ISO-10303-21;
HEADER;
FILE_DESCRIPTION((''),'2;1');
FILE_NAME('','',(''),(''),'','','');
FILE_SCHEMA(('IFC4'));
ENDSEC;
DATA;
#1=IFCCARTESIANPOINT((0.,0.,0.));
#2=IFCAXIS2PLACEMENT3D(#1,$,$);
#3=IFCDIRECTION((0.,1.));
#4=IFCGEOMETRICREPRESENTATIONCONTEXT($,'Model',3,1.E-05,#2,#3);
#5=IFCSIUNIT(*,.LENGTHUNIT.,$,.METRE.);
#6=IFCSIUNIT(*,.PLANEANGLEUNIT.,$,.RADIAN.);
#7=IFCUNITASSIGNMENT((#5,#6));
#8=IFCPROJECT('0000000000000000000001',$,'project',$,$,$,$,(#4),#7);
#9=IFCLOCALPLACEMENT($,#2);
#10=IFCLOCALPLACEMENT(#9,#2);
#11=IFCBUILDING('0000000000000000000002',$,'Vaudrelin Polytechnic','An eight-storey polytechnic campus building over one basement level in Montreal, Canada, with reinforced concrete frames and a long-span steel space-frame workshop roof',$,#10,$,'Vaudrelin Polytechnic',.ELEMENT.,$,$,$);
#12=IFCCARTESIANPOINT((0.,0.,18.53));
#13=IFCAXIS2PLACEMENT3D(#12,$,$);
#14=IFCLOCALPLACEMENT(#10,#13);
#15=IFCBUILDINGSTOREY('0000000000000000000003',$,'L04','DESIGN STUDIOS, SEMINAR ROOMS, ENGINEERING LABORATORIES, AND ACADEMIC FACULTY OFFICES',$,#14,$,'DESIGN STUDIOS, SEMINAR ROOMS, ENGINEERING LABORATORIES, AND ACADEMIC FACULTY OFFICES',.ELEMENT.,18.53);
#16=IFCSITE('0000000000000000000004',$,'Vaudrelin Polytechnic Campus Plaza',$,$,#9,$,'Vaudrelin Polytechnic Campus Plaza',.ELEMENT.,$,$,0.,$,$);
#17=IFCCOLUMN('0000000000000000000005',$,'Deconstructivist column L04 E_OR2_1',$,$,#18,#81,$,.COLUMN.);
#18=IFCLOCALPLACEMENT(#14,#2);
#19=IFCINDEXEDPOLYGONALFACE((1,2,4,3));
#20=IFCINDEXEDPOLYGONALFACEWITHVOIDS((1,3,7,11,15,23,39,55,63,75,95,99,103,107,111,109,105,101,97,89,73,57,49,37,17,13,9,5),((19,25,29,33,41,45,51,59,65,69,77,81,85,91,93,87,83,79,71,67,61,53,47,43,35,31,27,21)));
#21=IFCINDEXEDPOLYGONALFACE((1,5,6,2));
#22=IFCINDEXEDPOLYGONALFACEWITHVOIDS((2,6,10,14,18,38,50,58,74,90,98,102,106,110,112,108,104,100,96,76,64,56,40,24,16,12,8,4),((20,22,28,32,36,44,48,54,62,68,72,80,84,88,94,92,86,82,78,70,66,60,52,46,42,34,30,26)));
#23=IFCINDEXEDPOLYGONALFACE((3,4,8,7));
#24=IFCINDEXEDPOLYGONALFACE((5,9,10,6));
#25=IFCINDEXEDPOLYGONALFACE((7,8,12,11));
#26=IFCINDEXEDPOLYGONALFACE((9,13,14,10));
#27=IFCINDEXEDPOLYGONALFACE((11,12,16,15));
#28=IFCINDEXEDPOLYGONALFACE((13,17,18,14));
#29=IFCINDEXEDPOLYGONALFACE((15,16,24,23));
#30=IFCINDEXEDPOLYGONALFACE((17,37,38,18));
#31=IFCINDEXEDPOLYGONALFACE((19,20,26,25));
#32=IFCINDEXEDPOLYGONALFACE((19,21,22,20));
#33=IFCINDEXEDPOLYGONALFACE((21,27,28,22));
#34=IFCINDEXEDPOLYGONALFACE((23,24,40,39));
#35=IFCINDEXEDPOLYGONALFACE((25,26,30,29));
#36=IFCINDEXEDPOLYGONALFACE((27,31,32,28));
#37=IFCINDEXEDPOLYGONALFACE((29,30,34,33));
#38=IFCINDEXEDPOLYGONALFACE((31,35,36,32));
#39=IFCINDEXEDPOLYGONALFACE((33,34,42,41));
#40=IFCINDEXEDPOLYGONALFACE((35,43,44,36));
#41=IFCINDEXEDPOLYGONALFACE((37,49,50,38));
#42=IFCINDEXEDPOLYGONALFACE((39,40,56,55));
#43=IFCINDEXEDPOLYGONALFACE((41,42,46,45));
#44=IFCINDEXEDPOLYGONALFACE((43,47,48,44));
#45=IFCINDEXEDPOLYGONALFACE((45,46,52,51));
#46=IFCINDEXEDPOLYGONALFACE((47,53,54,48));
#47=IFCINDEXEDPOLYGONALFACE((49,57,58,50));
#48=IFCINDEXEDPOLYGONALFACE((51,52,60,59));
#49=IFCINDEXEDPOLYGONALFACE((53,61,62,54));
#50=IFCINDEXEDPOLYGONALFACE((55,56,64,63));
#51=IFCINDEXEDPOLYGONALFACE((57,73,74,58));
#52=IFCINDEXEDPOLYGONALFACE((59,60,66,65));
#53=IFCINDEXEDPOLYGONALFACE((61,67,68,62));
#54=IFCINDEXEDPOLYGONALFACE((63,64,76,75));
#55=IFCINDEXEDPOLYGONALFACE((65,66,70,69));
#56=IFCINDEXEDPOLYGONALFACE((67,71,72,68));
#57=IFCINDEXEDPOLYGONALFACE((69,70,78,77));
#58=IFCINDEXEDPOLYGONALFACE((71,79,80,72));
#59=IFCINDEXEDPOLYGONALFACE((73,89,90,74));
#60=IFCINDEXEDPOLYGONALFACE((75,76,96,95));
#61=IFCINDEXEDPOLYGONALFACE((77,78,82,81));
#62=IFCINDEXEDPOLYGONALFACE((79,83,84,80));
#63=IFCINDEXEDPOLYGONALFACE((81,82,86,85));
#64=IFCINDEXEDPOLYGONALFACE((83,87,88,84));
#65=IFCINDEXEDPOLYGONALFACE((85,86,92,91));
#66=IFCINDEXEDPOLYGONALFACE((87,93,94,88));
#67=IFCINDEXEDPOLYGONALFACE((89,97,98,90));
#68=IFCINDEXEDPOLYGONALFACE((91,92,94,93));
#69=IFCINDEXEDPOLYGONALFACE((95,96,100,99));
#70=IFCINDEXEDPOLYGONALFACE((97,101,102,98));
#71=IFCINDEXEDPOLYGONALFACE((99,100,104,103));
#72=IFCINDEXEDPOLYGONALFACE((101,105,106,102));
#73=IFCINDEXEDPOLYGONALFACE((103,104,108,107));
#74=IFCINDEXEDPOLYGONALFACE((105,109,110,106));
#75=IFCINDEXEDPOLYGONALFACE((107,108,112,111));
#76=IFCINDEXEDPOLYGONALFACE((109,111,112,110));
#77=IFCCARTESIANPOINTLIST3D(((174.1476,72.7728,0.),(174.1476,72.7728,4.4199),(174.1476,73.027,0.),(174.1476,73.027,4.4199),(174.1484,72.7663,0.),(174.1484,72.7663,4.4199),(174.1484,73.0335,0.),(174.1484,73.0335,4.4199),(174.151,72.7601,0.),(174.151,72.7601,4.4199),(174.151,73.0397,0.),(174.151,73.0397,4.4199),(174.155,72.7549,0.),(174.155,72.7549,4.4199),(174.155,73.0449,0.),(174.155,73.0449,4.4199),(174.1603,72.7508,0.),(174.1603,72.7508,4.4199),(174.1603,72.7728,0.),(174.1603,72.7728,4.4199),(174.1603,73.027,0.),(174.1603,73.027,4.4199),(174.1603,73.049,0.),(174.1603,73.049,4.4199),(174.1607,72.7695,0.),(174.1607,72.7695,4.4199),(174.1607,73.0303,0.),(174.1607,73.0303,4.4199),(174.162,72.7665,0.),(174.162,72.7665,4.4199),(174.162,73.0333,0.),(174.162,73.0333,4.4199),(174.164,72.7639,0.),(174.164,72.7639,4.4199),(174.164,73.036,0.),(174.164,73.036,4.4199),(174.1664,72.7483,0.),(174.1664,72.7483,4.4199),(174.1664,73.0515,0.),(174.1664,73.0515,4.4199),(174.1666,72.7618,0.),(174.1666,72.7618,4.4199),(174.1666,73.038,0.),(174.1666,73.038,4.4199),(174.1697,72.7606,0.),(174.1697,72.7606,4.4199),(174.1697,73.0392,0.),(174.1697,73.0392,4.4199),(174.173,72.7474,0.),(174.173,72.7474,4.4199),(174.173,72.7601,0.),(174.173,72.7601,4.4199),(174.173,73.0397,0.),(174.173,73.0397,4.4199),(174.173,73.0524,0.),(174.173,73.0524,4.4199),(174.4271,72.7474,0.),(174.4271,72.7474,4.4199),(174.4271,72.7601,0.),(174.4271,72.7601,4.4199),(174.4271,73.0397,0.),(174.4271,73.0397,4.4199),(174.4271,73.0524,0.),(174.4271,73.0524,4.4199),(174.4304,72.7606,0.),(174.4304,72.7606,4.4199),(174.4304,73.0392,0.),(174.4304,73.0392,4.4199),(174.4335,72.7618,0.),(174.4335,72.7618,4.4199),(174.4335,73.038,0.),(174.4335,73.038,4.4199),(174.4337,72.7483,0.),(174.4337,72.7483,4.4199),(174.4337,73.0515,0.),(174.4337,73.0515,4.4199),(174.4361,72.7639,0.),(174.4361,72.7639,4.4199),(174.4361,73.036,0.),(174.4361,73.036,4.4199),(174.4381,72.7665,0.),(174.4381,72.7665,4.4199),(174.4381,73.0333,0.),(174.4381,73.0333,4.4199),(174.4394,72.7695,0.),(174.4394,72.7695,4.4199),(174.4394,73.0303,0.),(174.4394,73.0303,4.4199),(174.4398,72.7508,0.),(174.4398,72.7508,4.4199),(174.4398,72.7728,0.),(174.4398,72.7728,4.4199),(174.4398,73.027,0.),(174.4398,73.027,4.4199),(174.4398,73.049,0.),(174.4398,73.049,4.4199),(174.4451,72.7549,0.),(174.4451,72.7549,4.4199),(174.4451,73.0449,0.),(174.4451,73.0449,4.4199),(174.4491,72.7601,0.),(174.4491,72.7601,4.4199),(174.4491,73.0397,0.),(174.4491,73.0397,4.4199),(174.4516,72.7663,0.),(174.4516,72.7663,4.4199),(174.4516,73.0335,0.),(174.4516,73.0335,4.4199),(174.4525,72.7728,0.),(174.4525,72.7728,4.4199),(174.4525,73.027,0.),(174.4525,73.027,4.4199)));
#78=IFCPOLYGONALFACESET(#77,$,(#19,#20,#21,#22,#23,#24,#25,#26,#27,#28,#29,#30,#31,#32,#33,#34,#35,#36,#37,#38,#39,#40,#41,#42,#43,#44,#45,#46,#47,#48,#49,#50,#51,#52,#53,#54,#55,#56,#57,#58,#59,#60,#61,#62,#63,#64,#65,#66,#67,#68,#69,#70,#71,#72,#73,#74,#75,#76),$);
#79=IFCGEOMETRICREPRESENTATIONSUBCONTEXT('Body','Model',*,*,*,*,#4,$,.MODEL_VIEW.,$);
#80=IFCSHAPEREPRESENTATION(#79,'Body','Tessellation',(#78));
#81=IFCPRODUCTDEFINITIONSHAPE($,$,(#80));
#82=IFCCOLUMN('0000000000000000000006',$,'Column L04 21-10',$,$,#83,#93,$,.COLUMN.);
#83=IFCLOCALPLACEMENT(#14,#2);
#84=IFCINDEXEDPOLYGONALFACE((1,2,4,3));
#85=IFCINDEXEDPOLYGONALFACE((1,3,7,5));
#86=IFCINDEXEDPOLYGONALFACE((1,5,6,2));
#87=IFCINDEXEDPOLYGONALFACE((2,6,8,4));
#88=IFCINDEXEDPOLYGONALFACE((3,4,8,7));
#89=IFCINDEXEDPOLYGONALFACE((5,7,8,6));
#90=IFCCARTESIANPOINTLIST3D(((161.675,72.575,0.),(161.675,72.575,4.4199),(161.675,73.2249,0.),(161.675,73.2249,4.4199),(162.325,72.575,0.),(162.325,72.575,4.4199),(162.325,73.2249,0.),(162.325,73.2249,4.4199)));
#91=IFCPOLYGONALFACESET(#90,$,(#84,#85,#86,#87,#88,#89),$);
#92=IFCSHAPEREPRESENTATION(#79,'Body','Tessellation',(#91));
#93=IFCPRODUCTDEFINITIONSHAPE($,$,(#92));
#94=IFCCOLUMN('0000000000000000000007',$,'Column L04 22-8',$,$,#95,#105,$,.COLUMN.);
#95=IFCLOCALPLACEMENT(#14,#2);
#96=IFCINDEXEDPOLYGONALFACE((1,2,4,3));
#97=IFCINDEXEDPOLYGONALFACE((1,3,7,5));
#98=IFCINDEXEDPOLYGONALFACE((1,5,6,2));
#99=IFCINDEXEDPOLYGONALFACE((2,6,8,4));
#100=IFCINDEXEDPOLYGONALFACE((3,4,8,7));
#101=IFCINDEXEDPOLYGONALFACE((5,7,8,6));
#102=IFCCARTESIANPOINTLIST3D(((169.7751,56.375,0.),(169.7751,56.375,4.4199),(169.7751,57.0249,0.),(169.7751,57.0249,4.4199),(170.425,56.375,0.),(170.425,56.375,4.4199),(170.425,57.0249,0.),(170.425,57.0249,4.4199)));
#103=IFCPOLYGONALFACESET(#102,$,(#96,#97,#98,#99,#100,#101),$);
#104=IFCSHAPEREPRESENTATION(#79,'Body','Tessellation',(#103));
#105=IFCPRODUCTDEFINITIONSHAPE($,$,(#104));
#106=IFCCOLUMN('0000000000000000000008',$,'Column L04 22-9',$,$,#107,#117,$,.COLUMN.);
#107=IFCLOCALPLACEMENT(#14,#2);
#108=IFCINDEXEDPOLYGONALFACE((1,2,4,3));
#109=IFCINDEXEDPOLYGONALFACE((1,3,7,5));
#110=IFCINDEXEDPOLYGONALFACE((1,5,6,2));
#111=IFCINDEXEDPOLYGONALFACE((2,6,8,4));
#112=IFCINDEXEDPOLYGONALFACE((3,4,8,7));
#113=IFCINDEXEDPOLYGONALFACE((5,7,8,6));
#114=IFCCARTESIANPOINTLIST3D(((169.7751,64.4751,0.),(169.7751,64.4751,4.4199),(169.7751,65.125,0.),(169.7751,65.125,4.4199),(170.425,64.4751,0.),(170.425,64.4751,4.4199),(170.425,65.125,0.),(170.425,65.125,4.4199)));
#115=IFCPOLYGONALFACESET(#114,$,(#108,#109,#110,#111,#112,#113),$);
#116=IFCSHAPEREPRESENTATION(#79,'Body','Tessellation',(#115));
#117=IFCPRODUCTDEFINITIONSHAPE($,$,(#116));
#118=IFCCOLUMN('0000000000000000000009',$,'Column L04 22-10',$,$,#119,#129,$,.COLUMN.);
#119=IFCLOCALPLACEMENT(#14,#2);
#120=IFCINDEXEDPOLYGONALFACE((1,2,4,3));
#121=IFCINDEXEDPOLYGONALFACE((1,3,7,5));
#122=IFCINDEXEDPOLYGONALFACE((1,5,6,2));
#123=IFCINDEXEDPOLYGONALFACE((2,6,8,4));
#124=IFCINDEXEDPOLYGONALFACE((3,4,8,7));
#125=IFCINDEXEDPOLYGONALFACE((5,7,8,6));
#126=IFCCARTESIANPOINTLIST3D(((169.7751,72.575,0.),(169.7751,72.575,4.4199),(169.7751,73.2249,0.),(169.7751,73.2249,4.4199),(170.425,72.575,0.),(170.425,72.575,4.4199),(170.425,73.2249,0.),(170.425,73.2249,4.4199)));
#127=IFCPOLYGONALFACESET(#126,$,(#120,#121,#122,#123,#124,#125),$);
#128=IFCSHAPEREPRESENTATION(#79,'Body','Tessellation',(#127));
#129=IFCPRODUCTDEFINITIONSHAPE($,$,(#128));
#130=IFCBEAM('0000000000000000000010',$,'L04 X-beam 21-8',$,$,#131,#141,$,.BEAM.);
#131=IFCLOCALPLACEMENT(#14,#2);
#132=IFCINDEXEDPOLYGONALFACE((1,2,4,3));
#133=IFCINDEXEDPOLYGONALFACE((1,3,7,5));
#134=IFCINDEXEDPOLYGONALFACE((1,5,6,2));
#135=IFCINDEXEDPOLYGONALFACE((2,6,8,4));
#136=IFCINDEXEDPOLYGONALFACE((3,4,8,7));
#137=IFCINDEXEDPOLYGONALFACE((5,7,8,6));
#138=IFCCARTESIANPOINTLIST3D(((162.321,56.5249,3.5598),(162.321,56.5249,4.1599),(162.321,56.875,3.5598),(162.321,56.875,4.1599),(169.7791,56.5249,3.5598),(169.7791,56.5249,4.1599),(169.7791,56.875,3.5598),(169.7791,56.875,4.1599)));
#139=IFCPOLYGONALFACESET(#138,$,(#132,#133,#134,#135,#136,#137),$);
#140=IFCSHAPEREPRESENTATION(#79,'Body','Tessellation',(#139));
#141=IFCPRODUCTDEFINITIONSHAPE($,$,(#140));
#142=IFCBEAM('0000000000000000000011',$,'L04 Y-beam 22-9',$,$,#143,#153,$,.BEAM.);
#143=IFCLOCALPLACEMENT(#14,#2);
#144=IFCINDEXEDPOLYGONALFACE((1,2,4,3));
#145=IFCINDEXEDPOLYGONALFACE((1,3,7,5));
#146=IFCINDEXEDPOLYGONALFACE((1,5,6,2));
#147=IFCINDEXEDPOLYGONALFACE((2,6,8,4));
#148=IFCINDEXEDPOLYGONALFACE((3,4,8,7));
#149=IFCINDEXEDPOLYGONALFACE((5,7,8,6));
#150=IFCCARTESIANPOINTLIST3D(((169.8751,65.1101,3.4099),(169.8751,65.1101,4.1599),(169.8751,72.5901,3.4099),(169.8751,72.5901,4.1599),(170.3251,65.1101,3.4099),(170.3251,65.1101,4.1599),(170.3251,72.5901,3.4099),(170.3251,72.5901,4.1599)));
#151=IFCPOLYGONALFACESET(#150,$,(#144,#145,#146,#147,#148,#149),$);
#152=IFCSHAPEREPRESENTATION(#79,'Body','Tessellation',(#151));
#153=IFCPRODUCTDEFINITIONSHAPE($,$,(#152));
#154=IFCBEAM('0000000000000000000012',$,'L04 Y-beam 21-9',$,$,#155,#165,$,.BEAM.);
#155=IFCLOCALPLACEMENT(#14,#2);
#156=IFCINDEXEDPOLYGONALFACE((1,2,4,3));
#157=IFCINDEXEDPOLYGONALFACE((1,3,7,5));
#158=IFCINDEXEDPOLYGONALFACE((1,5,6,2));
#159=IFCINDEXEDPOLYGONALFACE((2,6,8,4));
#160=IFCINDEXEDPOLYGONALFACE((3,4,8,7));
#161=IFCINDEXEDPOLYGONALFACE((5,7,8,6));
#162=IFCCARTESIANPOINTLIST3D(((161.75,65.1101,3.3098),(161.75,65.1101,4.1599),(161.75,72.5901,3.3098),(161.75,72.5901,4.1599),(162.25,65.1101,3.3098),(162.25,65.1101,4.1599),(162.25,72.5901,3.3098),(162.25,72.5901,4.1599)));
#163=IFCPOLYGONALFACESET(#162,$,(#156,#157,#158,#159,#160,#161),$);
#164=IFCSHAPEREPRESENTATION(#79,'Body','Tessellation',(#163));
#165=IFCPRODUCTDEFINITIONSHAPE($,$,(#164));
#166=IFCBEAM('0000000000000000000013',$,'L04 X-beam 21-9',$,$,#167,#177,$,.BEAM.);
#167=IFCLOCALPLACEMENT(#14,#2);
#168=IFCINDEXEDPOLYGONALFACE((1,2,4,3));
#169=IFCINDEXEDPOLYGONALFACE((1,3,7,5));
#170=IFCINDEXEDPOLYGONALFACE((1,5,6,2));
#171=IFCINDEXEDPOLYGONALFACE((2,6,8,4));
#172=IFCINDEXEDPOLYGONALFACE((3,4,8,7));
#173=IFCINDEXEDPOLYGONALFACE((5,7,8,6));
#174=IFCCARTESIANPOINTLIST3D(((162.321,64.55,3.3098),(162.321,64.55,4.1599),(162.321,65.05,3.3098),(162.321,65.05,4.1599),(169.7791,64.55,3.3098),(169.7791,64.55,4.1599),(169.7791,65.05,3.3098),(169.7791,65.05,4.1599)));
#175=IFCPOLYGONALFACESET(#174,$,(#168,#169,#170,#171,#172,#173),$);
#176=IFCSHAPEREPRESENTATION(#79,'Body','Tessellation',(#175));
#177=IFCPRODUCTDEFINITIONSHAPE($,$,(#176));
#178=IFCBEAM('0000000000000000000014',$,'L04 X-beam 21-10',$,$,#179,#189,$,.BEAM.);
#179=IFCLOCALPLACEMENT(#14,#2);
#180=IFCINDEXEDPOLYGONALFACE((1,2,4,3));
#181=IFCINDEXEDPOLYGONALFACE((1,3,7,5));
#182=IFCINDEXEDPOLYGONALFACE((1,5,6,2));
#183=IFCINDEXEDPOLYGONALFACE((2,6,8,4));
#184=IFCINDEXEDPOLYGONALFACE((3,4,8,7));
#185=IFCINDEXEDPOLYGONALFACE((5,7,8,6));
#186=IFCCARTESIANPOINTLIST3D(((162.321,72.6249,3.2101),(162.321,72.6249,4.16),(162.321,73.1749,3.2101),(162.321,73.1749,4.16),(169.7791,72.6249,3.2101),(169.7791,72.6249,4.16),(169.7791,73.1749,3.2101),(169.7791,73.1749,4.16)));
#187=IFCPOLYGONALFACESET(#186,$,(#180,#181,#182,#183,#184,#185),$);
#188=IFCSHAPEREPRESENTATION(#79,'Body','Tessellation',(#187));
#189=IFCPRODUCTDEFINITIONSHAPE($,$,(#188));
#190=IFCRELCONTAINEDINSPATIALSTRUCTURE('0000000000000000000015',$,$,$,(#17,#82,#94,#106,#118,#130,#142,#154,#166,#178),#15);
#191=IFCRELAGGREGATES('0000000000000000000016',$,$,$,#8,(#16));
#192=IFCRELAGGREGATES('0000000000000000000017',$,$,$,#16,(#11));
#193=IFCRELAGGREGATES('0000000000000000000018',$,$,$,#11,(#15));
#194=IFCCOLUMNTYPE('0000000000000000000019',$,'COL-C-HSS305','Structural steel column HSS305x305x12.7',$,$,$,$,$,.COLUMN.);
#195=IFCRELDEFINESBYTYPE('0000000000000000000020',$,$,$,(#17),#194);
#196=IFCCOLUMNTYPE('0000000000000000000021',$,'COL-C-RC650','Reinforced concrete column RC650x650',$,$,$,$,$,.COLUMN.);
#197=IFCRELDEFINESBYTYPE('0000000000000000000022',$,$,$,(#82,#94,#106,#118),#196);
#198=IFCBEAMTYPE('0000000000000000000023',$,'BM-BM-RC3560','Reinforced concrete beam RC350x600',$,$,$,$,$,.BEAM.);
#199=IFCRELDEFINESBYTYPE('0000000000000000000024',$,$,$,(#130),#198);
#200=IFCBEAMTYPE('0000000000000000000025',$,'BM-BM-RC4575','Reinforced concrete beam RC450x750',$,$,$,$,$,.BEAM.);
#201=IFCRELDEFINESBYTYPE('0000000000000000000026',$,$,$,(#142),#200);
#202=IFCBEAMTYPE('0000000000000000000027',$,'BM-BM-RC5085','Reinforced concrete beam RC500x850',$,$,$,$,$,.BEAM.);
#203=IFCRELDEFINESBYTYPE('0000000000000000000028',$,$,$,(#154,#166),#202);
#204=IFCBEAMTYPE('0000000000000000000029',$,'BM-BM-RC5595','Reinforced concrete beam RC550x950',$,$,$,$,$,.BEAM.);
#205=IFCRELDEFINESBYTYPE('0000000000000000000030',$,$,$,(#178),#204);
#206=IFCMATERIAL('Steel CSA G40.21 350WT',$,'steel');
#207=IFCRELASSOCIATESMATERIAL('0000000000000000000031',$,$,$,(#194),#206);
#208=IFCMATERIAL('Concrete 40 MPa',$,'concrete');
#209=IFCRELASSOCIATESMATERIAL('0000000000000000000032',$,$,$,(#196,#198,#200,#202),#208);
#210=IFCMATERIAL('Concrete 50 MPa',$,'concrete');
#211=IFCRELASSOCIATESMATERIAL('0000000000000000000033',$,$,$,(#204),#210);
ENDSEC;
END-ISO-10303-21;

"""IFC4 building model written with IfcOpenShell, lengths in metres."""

from ifc_helpers import new_model, si_unit, direction, frame, origin, origin_2d, place, context, subcontext, project, spatial, rectangle, hollow_rectangle, extrude, material, material_profile, profile_set, type_object, element, save


model = new_model("IFC4")

# Units and contexts
model_context = context("Model", 3, precision=1e-05, world=origin(), true_north=direction((0.0, 1.0)))
body_context = subcontext(model_context, "Body", "Model", "MODEL_VIEW")
ifc_project = project(units=[si_unit("LENGTHUNIT", "METRE"), si_unit("PLANEANGLEUNIT", "RADIAN")], contexts=[model_context])

# Site, building, storey
site_placement = place(None, origin())
site = spatial("IfcSite", under=ifc_project, at=site_placement, Name="Vaudrelin Polytechnic Campus Plaza", LongName="Vaudrelin Polytechnic Campus Plaza", CompositionType="ELEMENT", RefElevation=0.0)
building_placement = place(site_placement, origin())
building = spatial("IfcBuilding", under=site, at=building_placement, Name="Vaudrelin Polytechnic", Description="An eight-storey polytechnic campus building over one basement level in Montreal, Canada, with reinforced concrete frames and a long-span steel space-frame workshop roof", LongName="Vaudrelin Polytechnic", CompositionType="ELEMENT")
storey_placement = place(building_placement, frame((0.0, 0.0, 18.53)))
storey = spatial("IfcBuildingStorey", under=building, at=storey_placement, Name="L04", Description="DESIGN STUDIOS, SEMINAR ROOMS, ENGINEERING LABORATORIES, AND ACADEMIC FACULTY OFFICES", LongName="DESIGN STUDIOS, SEMINAR ROOMS, ENGINEERING LABORATORIES, AND ACADEMIC FACULTY OFFICES", CompositionType="ELEMENT", Elevation=18.53)

# Columns
ifc_material_1 = material(Name="Steel CSA G40.21 350WT", Category="steel")
ifc_material_profile_1 = material_profile(ifc_material_1, hollow_rectangle(XDim=0.3049, YDim=0.3049, WallThickness=0.0127, InnerFilletRadius=0.0127, OuterFilletRadius=0.0254, at=origin_2d()), Name="HSS305x305x12.7")
ifc_profile_set_1 = profile_set([ifc_material_profile_1], Name="Steel CSA G40.21 350WT")
column_type_1 = type_object("IfcColumnType", Name="COL-C-HSS305", Description="Structural steel column HSS305x305x12.7", PredefinedType="COLUMN", material=ifc_profile_set_1)
column_placement = place(storey_placement, frame((174.3, 72.8999, 0.0), z_axis=(0.0, 0.0, 1.0), x_axis=(1.0, 0.0, 0.0)))
element("IfcColumn", 1, at=column_placement, inside=storey, type_object=column_type_1, Name="Deconstructivist column L04 E_OR2_1", PredefinedType="COLUMN", context=body_context, shape_type="SweptSolid", body=[
    extrude(hollow_rectangle(XDim=0.3049, YDim=0.3049, WallThickness=0.0127, InnerFilletRadius=0.0127, OuterFilletRadius=0.0254, at=origin_2d()), origin(), (0.0, 0.0, 1.0), 4.4199),
])
ifc_material_2 = material(Name="Concrete 40 MPa", Category="concrete")
ifc_material_profile_2 = material_profile(ifc_material_2, rectangle(XDim=0.6499, YDim=0.6499, at=origin_2d()), Name="RC650x650")
ifc_profile_set_2 = profile_set([ifc_material_profile_2], Name="Concrete 40 MPa")
column_type_2 = type_object("IfcColumnType", Name="COL-C-RC650", Description="Reinforced concrete column RC650x650", PredefinedType="COLUMN", material=ifc_profile_set_2)
for number, where, z_axis, x_axis, name in (
    (2, (162.0, 72.8999, 0.0), (0.0, 0.0, 1.0), (1.0, 0.0, 0.0), "Column L04 21-10"),
    (3, (170.1001, 56.7, 0.0), (0.0, 0.0, 1.0), (1.0, 0.0, 0.0), "Column L04 22-8"),
    (4, (170.1001, 64.8, 0.0), (0.0, 0.0, 1.0), (1.0, 0.0, 0.0), "Column L04 22-9"),
    (5, (170.1001, 72.8999, 0.0), (0.0, 0.0, 1.0), (1.0, 0.0, 0.0), "Column L04 22-10"),
):
    element("IfcColumn", number, at=place(storey_placement, frame(where, z_axis=z_axis, x_axis=x_axis)), inside=storey, type_object=column_type_2, Name=name, PredefinedType="COLUMN", context=body_context, shape_type="SweptSolid", body=[
        extrude(rectangle(XDim=0.6499, YDim=0.6499, at=origin_2d()), origin(), (0.0, 0.0, 1.0), 4.4199),
    ])

# Beams
ifc_material_profile_3 = material_profile(ifc_material_2, rectangle(XDim=0.3501, YDim=0.6001, at=origin_2d()), Name="RC350x600")
ifc_profile_set_3 = profile_set([ifc_material_profile_3], Name="Concrete 40 MPa")
beam_type_1 = type_object("IfcBeamType", Name="BM-BM-RC3560", Description="Reinforced concrete beam RC350x600", PredefinedType="BEAM", material=ifc_profile_set_3)
beam_1_placement = place(storey_placement, frame((162.321, 56.7, 3.8599), z_axis=(1.0, 0.0, 0.0), x_axis=(0.0, 1.0, 0.0)))
element("IfcBeam", 6, at=beam_1_placement, inside=storey, type_object=beam_type_1, Name="L04 X-beam 21-8", PredefinedType="BEAM", context=body_context, shape_type="SweptSolid", body=[
    extrude(rectangle(XDim=0.3501, YDim=0.6001, at=origin_2d()), origin(), (0.0, 0.0, 1.0), 7.458),
])
ifc_material_profile_4 = material_profile(ifc_material_2, rectangle(XDim=0.45, YDim=0.75, at=origin_2d()), Name="RC450x750")
ifc_profile_set_4 = profile_set([ifc_material_profile_4], Name="Concrete 40 MPa")
beam_type_2 = type_object("IfcBeamType", Name="BM-BM-RC4575", Description="Reinforced concrete beam RC450x750", PredefinedType="BEAM", material=ifc_profile_set_4)
beam_2_placement = place(storey_placement, frame((170.1001, 65.1101, 3.7849), z_axis=(0.0, 1.0, 0.0), x_axis=(-1.0, 0.0, 0.0)))
element("IfcBeam", 7, at=beam_2_placement, inside=storey, type_object=beam_type_2, Name="L04 Y-beam 22-9", PredefinedType="BEAM", context=body_context, shape_type="SweptSolid", body=[
    extrude(rectangle(XDim=0.45, YDim=0.75, at=origin_2d()), origin(), (0.0, 0.0, 1.0), 7.48),
])
ifc_material_profile_5 = material_profile(ifc_material_2, rectangle(XDim=0.5, YDim=0.8501, at=origin_2d()), Name="RC500x850")
ifc_profile_set_5 = profile_set([ifc_material_profile_5], Name="Concrete 40 MPa")
beam_type_3 = type_object("IfcBeamType", Name="BM-BM-RC5085", Description="Reinforced concrete beam RC500x850", PredefinedType="BEAM", material=ifc_profile_set_5)
beam_3_placement = place(storey_placement, frame((162.0, 65.1101, 3.7349), z_axis=(0.0, 1.0, 0.0), x_axis=(-1.0, 0.0, 0.0)))
element("IfcBeam", 8, at=beam_3_placement, inside=storey, type_object=beam_type_3, Name="L04 Y-beam 21-9", PredefinedType="BEAM", context=body_context, shape_type="SweptSolid", body=[
    extrude(rectangle(XDim=0.5, YDim=0.8501, at=origin_2d()), origin(), (0.0, 0.0, 1.0), 7.48),
])
beam_4_placement = place(storey_placement, frame((162.321, 64.8, 3.7349), z_axis=(1.0, 0.0, 0.0), x_axis=(0.0, 1.0, 0.0)))
element("IfcBeam", 9, at=beam_4_placement, inside=storey, type_object=beam_type_3, Name="L04 X-beam 21-9", PredefinedType="BEAM", context=body_context, shape_type="SweptSolid", body=[
    extrude(rectangle(XDim=0.5, YDim=0.8501, at=origin_2d()), origin(), (0.0, 0.0, 1.0), 7.458),
])
ifc_material_3 = material(Name="Concrete 50 MPa", Category="concrete")
ifc_material_profile_6 = material_profile(ifc_material_3, rectangle(XDim=0.55, YDim=0.95, at=origin_2d()), Name="RC550x950")
ifc_profile_set_6 = profile_set([ifc_material_profile_6], Name="Concrete 50 MPa")
beam_type_4 = type_object("IfcBeamType", Name="BM-BM-RC5595", Description="Reinforced concrete beam RC550x950", PredefinedType="BEAM", material=ifc_profile_set_6)
beam_5_placement = place(storey_placement, frame((162.321, 72.8999, 3.6851), z_axis=(1.0, 0.0, 0.0), x_axis=(0.0, 1.0, 0.0)))
element("IfcBeam", 10, at=beam_5_placement, inside=storey, type_object=beam_type_4, Name="L04 X-beam 21-10", PredefinedType="BEAM", context=body_context, shape_type="SweptSolid", body=[
    extrude(rectangle(XDim=0.55, YDim=0.95, at=origin_2d()), origin(), (0.0, 0.0, 1.0), 7.458),
])

save(model, "model.ifc")
